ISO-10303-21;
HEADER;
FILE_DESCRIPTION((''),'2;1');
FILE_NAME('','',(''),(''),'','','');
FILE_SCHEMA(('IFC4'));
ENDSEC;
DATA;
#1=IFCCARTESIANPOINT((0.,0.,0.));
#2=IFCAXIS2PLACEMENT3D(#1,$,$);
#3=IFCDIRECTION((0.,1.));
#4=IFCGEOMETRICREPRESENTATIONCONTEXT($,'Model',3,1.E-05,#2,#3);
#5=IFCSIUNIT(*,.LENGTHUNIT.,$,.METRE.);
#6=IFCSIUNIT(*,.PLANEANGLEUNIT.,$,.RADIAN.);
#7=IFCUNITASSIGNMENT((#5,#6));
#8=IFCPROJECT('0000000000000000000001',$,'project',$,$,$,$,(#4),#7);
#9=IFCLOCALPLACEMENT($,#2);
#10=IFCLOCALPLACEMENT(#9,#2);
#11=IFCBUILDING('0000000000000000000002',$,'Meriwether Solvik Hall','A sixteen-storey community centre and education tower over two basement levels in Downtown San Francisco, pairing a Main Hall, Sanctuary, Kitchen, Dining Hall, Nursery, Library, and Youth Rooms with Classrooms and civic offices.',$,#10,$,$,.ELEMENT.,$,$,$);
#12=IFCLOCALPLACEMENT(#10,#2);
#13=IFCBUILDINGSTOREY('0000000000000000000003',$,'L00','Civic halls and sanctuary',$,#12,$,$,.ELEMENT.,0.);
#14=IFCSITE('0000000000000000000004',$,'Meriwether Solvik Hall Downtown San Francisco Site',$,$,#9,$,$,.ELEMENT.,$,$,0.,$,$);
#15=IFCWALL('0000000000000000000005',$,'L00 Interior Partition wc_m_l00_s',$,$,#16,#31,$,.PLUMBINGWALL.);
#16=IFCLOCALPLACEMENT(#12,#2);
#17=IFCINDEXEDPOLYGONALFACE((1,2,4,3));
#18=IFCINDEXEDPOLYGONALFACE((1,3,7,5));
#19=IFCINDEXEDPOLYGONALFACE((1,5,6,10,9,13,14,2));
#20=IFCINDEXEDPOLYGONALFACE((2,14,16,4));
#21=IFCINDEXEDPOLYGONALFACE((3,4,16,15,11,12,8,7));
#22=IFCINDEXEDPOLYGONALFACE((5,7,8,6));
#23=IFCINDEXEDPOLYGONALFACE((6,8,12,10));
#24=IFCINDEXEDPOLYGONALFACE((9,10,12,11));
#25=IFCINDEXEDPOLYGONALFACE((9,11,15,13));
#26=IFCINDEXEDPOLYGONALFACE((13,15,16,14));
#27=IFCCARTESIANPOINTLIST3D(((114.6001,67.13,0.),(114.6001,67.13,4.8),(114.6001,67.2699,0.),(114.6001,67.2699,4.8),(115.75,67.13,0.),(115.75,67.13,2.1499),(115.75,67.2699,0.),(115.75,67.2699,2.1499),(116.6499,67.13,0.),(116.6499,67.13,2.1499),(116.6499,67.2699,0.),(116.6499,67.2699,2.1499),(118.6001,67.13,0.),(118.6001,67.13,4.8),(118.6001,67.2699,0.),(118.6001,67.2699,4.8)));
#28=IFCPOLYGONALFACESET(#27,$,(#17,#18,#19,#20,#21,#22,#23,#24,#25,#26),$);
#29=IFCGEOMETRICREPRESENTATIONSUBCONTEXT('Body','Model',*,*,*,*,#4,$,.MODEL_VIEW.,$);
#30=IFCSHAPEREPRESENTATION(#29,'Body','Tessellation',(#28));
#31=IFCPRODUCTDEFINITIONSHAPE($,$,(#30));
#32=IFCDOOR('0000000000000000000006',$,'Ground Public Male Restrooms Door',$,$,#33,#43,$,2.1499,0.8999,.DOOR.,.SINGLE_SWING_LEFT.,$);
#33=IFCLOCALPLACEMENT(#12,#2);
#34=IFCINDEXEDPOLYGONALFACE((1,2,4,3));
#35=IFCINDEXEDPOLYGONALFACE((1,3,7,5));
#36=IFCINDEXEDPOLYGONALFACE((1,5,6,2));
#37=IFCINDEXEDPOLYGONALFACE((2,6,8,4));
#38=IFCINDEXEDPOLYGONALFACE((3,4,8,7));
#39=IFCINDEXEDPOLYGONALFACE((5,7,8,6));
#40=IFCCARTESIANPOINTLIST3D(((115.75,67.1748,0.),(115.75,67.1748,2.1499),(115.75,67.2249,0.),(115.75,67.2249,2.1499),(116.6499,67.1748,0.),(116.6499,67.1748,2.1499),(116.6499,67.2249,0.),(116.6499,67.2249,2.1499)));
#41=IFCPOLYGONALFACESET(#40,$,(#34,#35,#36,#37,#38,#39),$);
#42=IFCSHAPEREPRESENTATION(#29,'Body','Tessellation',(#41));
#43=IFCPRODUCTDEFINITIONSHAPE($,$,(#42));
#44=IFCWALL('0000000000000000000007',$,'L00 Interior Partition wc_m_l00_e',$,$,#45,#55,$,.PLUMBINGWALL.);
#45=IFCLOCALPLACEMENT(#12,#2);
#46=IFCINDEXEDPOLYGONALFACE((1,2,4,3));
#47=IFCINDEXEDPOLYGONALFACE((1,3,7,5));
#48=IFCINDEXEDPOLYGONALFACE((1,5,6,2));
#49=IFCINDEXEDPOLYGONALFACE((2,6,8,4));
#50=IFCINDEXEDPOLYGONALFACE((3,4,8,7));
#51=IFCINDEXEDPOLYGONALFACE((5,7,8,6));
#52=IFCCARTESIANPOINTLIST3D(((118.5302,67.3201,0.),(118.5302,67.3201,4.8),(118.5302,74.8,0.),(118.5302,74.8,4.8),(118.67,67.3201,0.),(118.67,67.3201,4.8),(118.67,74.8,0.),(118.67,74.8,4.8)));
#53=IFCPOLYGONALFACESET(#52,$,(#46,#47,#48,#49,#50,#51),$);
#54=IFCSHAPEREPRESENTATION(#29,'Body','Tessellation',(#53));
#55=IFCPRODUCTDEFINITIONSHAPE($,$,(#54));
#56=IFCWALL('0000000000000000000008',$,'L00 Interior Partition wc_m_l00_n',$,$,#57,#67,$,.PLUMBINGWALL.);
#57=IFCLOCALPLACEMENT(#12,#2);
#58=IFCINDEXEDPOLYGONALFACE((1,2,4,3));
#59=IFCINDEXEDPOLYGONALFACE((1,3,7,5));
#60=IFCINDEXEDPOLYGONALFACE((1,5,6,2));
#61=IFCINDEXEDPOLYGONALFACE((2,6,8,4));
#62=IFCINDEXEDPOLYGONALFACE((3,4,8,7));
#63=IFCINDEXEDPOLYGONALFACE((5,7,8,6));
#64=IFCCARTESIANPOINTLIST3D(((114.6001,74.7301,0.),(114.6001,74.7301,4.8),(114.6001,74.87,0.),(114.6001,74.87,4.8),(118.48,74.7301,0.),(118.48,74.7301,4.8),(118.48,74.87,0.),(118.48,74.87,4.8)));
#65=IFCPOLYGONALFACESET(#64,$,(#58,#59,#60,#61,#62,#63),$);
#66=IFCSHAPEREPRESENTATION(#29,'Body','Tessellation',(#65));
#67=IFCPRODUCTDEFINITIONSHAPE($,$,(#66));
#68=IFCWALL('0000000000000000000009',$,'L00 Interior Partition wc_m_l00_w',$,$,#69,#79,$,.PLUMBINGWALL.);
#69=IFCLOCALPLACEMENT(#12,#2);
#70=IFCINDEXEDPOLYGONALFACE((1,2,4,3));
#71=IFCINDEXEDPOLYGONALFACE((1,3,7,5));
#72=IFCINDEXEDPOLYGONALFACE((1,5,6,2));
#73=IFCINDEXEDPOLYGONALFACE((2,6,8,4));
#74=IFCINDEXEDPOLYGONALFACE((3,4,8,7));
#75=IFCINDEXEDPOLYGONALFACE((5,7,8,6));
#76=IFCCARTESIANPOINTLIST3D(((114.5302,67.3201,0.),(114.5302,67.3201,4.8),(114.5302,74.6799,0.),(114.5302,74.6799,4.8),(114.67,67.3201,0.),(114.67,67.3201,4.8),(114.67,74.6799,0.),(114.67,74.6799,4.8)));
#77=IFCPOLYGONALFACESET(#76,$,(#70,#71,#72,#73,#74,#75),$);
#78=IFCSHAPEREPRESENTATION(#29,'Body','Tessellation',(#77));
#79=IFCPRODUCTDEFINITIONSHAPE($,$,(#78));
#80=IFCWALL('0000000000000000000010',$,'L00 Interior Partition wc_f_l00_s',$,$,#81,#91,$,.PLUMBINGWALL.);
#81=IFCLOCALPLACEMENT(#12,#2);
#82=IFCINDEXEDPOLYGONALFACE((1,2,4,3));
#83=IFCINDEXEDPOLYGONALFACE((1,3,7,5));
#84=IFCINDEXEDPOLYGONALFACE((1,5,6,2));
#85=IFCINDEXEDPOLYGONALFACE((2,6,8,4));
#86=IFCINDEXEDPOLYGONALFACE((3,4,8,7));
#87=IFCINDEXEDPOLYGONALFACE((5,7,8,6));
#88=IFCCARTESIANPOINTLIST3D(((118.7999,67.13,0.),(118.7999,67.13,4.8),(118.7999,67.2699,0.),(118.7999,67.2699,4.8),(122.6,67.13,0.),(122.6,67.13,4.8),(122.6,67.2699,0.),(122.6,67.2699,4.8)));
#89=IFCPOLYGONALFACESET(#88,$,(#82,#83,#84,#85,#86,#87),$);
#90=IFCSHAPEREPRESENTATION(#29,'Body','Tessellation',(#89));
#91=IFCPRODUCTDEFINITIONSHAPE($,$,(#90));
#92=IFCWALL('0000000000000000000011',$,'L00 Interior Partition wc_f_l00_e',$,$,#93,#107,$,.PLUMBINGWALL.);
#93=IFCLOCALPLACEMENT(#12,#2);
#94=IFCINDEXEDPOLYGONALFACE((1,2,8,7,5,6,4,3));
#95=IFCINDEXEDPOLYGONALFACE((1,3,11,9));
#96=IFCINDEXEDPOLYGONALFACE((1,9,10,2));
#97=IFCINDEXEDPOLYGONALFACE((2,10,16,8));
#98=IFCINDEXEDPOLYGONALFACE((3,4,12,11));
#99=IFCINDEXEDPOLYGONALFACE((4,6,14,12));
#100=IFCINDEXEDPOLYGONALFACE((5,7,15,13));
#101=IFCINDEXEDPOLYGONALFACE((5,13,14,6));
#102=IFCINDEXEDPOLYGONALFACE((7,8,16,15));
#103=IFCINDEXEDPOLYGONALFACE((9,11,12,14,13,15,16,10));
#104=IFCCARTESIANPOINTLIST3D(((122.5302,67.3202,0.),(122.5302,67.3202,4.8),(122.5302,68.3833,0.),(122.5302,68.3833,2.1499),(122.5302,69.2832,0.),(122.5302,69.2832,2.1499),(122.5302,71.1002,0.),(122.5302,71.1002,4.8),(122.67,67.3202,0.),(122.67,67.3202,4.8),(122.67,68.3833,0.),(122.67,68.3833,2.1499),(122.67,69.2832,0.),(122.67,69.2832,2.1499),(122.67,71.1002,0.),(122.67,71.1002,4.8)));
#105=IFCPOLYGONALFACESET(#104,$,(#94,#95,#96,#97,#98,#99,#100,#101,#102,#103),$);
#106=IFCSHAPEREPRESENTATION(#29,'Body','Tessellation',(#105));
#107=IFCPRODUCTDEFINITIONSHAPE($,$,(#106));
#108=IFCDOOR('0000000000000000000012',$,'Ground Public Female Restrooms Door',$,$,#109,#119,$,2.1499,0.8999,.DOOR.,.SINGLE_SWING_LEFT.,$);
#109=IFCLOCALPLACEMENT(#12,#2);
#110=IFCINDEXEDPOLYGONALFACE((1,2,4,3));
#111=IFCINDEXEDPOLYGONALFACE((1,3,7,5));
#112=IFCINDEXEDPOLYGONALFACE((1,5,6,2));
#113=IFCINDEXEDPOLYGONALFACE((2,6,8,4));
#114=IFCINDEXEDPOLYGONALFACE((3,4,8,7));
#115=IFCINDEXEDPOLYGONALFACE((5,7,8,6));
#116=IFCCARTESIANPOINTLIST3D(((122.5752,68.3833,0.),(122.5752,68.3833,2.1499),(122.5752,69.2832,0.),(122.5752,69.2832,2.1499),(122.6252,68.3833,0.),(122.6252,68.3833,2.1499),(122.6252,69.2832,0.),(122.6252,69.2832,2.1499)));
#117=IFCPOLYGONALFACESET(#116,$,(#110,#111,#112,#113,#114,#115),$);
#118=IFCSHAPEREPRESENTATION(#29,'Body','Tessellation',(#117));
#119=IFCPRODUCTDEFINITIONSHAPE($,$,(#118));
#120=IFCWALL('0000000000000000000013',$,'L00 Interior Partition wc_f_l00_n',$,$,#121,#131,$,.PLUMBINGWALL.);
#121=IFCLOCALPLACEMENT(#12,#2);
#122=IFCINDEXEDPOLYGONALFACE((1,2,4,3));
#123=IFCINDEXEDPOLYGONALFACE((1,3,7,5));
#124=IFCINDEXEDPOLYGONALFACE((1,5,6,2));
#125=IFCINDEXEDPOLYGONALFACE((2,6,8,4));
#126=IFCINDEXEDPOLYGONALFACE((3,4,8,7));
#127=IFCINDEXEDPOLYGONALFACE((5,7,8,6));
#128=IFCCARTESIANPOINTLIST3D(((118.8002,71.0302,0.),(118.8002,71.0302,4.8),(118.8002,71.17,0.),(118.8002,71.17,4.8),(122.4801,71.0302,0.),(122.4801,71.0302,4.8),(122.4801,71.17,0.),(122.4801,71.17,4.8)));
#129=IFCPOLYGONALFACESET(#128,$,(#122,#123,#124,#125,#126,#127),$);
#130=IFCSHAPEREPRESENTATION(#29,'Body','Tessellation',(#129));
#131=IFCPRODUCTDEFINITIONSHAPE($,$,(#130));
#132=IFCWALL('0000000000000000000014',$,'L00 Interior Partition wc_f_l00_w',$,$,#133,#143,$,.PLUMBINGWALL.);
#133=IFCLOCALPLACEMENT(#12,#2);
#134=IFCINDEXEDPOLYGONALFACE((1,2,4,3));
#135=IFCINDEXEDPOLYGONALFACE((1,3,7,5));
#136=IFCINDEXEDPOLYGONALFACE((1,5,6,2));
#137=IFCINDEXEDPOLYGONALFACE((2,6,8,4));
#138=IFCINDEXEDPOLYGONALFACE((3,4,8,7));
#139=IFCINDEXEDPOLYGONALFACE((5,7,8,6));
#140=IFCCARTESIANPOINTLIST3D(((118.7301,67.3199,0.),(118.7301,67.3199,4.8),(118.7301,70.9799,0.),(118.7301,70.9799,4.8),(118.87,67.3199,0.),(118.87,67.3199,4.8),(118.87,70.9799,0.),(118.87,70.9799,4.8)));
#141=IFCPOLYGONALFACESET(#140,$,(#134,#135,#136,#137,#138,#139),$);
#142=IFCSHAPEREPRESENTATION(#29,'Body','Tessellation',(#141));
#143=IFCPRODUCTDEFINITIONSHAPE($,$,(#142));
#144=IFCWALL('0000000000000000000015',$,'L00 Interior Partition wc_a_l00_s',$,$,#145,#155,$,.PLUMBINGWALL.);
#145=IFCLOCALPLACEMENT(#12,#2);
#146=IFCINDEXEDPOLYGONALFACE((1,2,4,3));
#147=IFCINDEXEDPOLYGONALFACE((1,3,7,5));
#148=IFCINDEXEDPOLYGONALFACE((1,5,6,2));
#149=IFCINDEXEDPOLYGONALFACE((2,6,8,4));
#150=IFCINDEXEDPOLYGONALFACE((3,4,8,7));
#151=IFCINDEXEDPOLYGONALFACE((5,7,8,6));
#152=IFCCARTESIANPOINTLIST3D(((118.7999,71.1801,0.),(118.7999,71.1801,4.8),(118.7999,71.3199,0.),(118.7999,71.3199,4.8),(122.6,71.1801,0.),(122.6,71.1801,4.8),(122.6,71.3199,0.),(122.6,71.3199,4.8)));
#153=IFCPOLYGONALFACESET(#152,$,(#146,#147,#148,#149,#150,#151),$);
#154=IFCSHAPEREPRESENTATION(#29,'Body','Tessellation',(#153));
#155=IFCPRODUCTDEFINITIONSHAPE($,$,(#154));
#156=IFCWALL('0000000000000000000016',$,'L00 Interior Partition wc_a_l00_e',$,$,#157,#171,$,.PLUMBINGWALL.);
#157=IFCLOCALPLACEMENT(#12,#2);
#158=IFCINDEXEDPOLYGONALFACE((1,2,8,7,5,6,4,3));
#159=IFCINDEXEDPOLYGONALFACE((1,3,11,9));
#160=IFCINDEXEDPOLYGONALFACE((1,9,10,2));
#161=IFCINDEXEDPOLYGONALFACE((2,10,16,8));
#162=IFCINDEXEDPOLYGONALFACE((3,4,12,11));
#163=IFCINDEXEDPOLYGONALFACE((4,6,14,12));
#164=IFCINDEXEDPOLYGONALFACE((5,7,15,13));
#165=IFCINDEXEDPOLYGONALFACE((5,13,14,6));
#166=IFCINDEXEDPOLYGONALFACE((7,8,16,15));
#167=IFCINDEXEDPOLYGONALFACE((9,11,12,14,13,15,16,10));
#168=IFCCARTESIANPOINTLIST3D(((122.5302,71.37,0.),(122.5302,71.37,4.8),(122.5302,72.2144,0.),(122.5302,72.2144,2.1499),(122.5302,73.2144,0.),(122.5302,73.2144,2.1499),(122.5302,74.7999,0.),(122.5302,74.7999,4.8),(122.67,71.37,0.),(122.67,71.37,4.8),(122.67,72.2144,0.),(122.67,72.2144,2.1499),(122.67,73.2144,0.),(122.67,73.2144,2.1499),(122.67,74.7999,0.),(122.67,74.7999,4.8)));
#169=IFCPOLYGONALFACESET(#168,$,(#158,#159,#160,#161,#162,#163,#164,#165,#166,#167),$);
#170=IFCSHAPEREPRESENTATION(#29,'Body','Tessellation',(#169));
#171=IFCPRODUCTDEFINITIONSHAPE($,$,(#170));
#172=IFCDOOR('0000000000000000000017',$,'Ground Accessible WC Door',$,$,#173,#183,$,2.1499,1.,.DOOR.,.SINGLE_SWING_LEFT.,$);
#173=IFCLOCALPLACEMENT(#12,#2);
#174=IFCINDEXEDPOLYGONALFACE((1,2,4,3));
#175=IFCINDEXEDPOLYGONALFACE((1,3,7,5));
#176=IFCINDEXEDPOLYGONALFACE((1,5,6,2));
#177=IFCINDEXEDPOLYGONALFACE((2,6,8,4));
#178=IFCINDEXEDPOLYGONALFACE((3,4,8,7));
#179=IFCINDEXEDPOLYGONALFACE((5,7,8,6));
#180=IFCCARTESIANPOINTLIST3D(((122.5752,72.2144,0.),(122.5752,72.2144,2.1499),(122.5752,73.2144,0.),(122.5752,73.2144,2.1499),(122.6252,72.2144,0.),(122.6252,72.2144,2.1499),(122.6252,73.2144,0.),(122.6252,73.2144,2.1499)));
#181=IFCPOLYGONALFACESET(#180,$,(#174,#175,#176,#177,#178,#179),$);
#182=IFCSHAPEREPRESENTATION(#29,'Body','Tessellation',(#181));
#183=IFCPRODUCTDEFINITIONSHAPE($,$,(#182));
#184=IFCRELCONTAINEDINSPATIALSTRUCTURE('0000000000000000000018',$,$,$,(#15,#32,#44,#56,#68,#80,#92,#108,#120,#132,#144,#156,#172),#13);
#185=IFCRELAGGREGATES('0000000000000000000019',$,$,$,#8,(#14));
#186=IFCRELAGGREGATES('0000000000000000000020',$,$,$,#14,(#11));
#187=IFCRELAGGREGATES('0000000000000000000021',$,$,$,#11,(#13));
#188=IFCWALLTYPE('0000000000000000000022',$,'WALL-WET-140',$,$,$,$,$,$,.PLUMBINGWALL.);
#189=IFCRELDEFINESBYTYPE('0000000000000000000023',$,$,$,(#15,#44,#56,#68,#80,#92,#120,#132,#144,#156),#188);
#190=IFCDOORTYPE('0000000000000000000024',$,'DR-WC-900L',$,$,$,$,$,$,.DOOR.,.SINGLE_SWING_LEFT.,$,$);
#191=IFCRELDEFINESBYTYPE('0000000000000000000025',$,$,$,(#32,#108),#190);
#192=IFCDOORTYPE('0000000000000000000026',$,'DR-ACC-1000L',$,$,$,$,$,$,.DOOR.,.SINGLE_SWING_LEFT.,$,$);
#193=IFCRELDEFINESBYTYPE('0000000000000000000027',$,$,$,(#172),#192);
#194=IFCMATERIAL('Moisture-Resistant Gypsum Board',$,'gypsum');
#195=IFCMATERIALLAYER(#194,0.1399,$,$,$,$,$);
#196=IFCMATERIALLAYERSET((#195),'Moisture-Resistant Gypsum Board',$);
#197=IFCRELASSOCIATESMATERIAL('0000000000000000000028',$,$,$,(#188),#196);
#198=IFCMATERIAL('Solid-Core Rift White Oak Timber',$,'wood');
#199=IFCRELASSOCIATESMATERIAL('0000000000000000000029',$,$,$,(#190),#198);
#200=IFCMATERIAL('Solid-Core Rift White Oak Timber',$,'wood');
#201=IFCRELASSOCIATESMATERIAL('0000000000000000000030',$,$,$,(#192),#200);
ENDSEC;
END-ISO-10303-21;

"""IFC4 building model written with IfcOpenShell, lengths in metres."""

from ifc_helpers import new_model, si_unit, direction, frame, frame_2d, origin, place, context, subcontext, project, spatial, rectangle, extrude, material, layer, layer_set, type_object, element, fill, save


model = new_model("IFC4")

# Units and contexts
model_context = context("Model", 3, precision=1e-05, world=origin(), true_north=direction((0.0, 1.0)))
body_context = subcontext(model_context, "Body", "Model", "MODEL_VIEW")
ifc_project = project(units=[si_unit("LENGTHUNIT", "METRE"), si_unit("PLANEANGLEUNIT", "RADIAN")], contexts=[model_context])

# Site, building, storey
site_placement = place(None, origin())
site = spatial("IfcSite", under=ifc_project, at=site_placement, Name="Meriwether Solvik Hall Downtown San Francisco Site", CompositionType="ELEMENT", RefElevation=0.0)
building_placement = place(site_placement, origin())
building = spatial("IfcBuilding", under=site, at=building_placement, Name="Meriwether Solvik Hall", Description="A sixteen-storey community centre and education tower over two basement levels in Downtown San Francisco, pairing a Main Hall, Sanctuary, Kitchen, Dining Hall, Nursery, Library, and Youth Rooms with Classrooms and civic offices.", CompositionType="ELEMENT")
storey_placement = place(building_placement, origin())
storey = spatial("IfcBuildingStorey", under=building, at=storey_placement, Name="L00", Description="Civic halls and sanctuary", CompositionType="ELEMENT", Elevation=0.0)

# Wall, opening, door
ifc_material_1 = material(Name="Moisture-Resistant Gypsum Board", Category="gypsum")
ifc_layer = layer(ifc_material_1, 0.1399)
ifc_layer_set = layer_set([ifc_layer], Name="Moisture-Resistant Gypsum Board")
wall_type = type_object("IfcWallType", Name="WALL-WET-140", PredefinedType="PLUMBINGWALL", material=ifc_layer_set)
wall_1_placement = place(storey_placement, frame((114.6001, 67.2, 0.0), z_axis=(0.0, 0.0, 1.0), x_axis=(1.0, 0.0, 0.0)))
wall_1 = element("IfcWall", 1, at=wall_1_placement, inside=storey, type_object=wall_type, Name="L00 Interior Partition wc_m_l00_s", PredefinedType="PLUMBINGWALL", context=body_context, shape_type="SweptSolid", body=[
    extrude(rectangle(XDim=4.0, YDim=0.1399, at=frame_2d((2.0, 0.0))), origin(), (0.0, 0.0, 1.0), 4.8),
])
opening_1_placement = place(wall_1_placement, frame((1.1499, 0.0, 0.0)))
opening_1 = element("IfcOpeningElement", 2, at=opening_1_placement, cuts=wall_1, PredefinedType="OPENING", context=body_context, shape_type="SweptSolid", body=[
    extrude(rectangle(XDim=0.8999, YDim=2.1499, at=frame_2d((0.45, 1.075))), frame((0.0, 0.082, 0.0), z_axis=(0.0, -1.0, 0.0), x_axis=(1.0, 0.0, 0.0)), (0.0, 0.0, 1.0), 0.1638),
])
ifc_material_2 = material(Name="Solid-Core Rift White Oak Timber", Category="wood")
door_type_1 = type_object("IfcDoorType", Name="DR-WC-900L", OperationType="SINGLE_SWING_LEFT", PredefinedType="DOOR", material=ifc_material_2)
door_1_placement = place(opening_1_placement, origin())
door_1 = element("IfcDoor", 3, at=door_1_placement, inside=storey, type_object=door_type_1, Name="Ground Public Male Restrooms Door", OperationType="SINGLE_SWING_LEFT", OverallHeight=2.1499, OverallWidth=0.8999, PredefinedType="DOOR", context=body_context, shape_type="SweptSolid", body=[
    extrude(rectangle(XDim=0.8999, YDim=2.1499, at=frame_2d((0.45, 1.075))), frame((0.0, 0.0249, 0.0), z_axis=(0.0, -1.0, 0.0), x_axis=(1.0, 0.0, 0.0)), (0.0, 0.0, 1.0), 0.05),
])
fill(opening_1, door_1)

# Walls
wall_2_placement = place(storey_placement, frame((118.6001, 67.3201, 0.0), z_axis=(0.0, 0.0, 1.0), x_axis=(0.0, 1.0, 0.0)))
element("IfcWall", 4, at=wall_2_placement, inside=storey, type_object=wall_type, Name="L00 Interior Partition wc_m_l00_e", PredefinedType="PLUMBINGWALL", context=body_context, shape_type="SweptSolid", body=[
    extrude(rectangle(XDim=7.48, YDim=0.1399, at=frame_2d((3.74, 0.0))), origin(), (0.0, 0.0, 1.0), 4.8),
])
wall_3_placement = place(storey_placement, frame((118.48, 74.8, 0.0), z_axis=(0.0, 0.0, 1.0), x_axis=(-1.0, 0.0, 0.0)))
element("IfcWall", 5, at=wall_3_placement, inside=storey, type_object=wall_type, Name="L00 Interior Partition wc_m_l00_n", PredefinedType="PLUMBINGWALL", context=body_context, shape_type="SweptSolid", body=[
    extrude(rectangle(XDim=3.8799, YDim=0.1399, at=frame_2d((1.9399, 0.0))), origin(), (0.0, 0.0, 1.0), 4.8),
])
wall_4_placement = place(storey_placement, frame((114.6001, 74.6799, 0.0), z_axis=(0.0, 0.0, 1.0), x_axis=(0.0, -1.0, 0.0)))
element("IfcWall", 6, at=wall_4_placement, inside=storey, type_object=wall_type, Name="L00 Interior Partition wc_m_l00_w", PredefinedType="PLUMBINGWALL", context=body_context, shape_type="SweptSolid", body=[
    extrude(rectangle(XDim=7.3599, YDim=0.1399, at=frame_2d((3.6799, 0.0))), origin(), (0.0, 0.0, 1.0), 4.8),
])
wall_5_placement = place(storey_placement, frame((118.8, 67.2, 0.0), z_axis=(0.0, 0.0, 1.0), x_axis=(1.0, 0.0, 0.0)))
element("IfcWall", 7, at=wall_5_placement, inside=storey, type_object=wall_type, Name="L00 Interior Partition wc_f_l00_s", PredefinedType="PLUMBINGWALL", context=body_context, shape_type="SweptSolid", body=[
    extrude(rectangle(XDim=3.8, YDim=0.1399, at=frame_2d((1.8999, 0.0))), origin(), (0.0, 0.0, 1.0), 4.8),
])

# Wall, opening, door
wall_6_placement = place(storey_placement, frame((122.6001, 67.3201, 0.0), z_axis=(0.0, 0.0, 1.0), x_axis=(0.0, 1.0, 0.0)))
wall_6 = element("IfcWall", 8, at=wall_6_placement, inside=storey, type_object=wall_type, Name="L00 Interior Partition wc_f_l00_e", PredefinedType="PLUMBINGWALL", context=body_context, shape_type="SweptSolid", body=[
    extrude(rectangle(XDim=3.78, YDim=0.1399, at=frame_2d((1.8901, 0.0))), origin(), (0.0, 0.0, 1.0), 4.8),
])
opening_2_placement = place(wall_6_placement, frame((1.0632, 0.0, 0.0)))
opening_2 = element("IfcOpeningElement", 9, at=opening_2_placement, cuts=wall_6, PredefinedType="OPENING", context=body_context, shape_type="SweptSolid", body=[
    extrude(rectangle(XDim=0.8999, YDim=2.1499, at=frame_2d((0.45, 1.075))), frame((0.0, 0.082, 0.0), z_axis=(0.0, -1.0, 0.0), x_axis=(1.0, 0.0, 0.0)), (0.0, 0.0, 1.0), 0.1638),
])
door_2_placement = place(opening_2_placement, origin())
door_2 = element("IfcDoor", 10, at=door_2_placement, inside=storey, type_object=door_type_1, Name="Ground Public Female Restrooms Door", OperationType="SINGLE_SWING_LEFT", OverallHeight=2.1499, OverallWidth=0.8999, PredefinedType="DOOR", context=body_context, shape_type="SweptSolid", body=[
    extrude(rectangle(XDim=0.8999, YDim=2.1499, at=frame_2d((0.45, 1.075))), frame((0.0, 0.0249, 0.0), z_axis=(0.0, -1.0, 0.0), x_axis=(1.0, 0.0, 0.0)), (0.0, 0.0, 1.0), 0.05),
])
fill(opening_2, door_2)

# Walls
wall_7_placement = place(storey_placement, frame((122.48, 71.1001, 0.0), z_axis=(0.0, 0.0, 1.0), x_axis=(-1.0, 0.0, 0.0)))
element("IfcWall", 11, at=wall_7_placement, inside=storey, type_object=wall_type, Name="L00 Interior Partition wc_f_l00_n", PredefinedType="PLUMBINGWALL", context=body_context, shape_type="SweptSolid", body=[
    extrude(rectangle(XDim=3.6799, YDim=0.1399, at=frame_2d((1.8398, 0.0))), origin(), (0.0, 0.0, 1.0), 4.8),
])
wall_8_placement = place(storey_placement, frame((118.8, 70.98, 0.0), z_axis=(0.0, 0.0, 1.0), x_axis=(0.0, -1.0, 0.0)))
element("IfcWall", 12, at=wall_8_placement, inside=storey, type_object=wall_type, Name="L00 Interior Partition wc_f_l00_w", PredefinedType="PLUMBINGWALL", context=body_context, shape_type="SweptSolid", body=[
    extrude(rectangle(XDim=3.6599, YDim=0.1399, at=frame_2d((1.8301, 0.0))), origin(), (0.0, 0.0, 1.0), 4.8),
])
wall_9_placement = place(storey_placement, frame((118.8, 71.25, 0.0), z_axis=(0.0, 0.0, 1.0), x_axis=(1.0, 0.0, 0.0)))
element("IfcWall", 13, at=wall_9_placement, inside=storey, type_object=wall_type, Name="L00 Interior Partition wc_a_l00_s", PredefinedType="PLUMBINGWALL", context=body_context, shape_type="SweptSolid", body=[
    extrude(rectangle(XDim=3.8, YDim=0.1399, at=frame_2d((1.8999, 0.0))), origin(), (0.0, 0.0, 1.0), 4.8),
])

# Wall, opening, door
wall_10_placement = place(storey_placement, frame((122.6001, 71.3701, 0.0), z_axis=(0.0, 0.0, 1.0), x_axis=(0.0, 1.0, 0.0)))
wall_10 = element("IfcWall", 14, at=wall_10_placement, inside=storey, type_object=wall_type, Name="L00 Interior Partition wc_a_l00_e", PredefinedType="PLUMBINGWALL", context=body_context, shape_type="SweptSolid", body=[
    extrude(rectangle(XDim=3.4299, YDim=0.1399, at=frame_2d((1.7148, 0.0))), origin(), (0.0, 0.0, 1.0), 4.8),
])
opening_3_placement = place(wall_10_placement, frame((0.8442, 0.0, 0.0)))
opening_3 = element("IfcOpeningElement", 15, at=opening_3_placement, cuts=wall_10, PredefinedType="OPENING", context=body_context, shape_type="SweptSolid", body=[
    extrude(rectangle(XDim=1.0, YDim=2.1499, at=frame_2d((0.5, 1.075))), frame((0.0, 0.082, 0.0), z_axis=(0.0, -1.0, 0.0), x_axis=(1.0, 0.0, 0.0)), (0.0, 0.0, 1.0), 0.1638),
])
ifc_material_3 = material(Name="Solid-Core Rift White Oak Timber", Category="wood")
door_type_2 = type_object("IfcDoorType", Name="DR-ACC-1000L", OperationType="SINGLE_SWING_LEFT", PredefinedType="DOOR", material=ifc_material_3)
door_3_placement = place(opening_3_placement, origin())
door_3 = element("IfcDoor", 16, at=door_3_placement, inside=storey, type_object=door_type_2, Name="Ground Accessible WC Door", OperationType="SINGLE_SWING_LEFT", OverallHeight=2.1499, OverallWidth=1.0, PredefinedType="DOOR", context=body_context, shape_type="SweptSolid", body=[
    extrude(rectangle(XDim=1.0, YDim=2.1499, at=frame_2d((0.5, 1.075))), frame((0.0, 0.0249, 0.0), z_axis=(0.0, -1.0, 0.0), x_axis=(1.0, 0.0, 0.0)), (0.0, 0.0, 1.0), 0.05),
])
fill(opening_3, door_3)

save(model, "model.ifc")
